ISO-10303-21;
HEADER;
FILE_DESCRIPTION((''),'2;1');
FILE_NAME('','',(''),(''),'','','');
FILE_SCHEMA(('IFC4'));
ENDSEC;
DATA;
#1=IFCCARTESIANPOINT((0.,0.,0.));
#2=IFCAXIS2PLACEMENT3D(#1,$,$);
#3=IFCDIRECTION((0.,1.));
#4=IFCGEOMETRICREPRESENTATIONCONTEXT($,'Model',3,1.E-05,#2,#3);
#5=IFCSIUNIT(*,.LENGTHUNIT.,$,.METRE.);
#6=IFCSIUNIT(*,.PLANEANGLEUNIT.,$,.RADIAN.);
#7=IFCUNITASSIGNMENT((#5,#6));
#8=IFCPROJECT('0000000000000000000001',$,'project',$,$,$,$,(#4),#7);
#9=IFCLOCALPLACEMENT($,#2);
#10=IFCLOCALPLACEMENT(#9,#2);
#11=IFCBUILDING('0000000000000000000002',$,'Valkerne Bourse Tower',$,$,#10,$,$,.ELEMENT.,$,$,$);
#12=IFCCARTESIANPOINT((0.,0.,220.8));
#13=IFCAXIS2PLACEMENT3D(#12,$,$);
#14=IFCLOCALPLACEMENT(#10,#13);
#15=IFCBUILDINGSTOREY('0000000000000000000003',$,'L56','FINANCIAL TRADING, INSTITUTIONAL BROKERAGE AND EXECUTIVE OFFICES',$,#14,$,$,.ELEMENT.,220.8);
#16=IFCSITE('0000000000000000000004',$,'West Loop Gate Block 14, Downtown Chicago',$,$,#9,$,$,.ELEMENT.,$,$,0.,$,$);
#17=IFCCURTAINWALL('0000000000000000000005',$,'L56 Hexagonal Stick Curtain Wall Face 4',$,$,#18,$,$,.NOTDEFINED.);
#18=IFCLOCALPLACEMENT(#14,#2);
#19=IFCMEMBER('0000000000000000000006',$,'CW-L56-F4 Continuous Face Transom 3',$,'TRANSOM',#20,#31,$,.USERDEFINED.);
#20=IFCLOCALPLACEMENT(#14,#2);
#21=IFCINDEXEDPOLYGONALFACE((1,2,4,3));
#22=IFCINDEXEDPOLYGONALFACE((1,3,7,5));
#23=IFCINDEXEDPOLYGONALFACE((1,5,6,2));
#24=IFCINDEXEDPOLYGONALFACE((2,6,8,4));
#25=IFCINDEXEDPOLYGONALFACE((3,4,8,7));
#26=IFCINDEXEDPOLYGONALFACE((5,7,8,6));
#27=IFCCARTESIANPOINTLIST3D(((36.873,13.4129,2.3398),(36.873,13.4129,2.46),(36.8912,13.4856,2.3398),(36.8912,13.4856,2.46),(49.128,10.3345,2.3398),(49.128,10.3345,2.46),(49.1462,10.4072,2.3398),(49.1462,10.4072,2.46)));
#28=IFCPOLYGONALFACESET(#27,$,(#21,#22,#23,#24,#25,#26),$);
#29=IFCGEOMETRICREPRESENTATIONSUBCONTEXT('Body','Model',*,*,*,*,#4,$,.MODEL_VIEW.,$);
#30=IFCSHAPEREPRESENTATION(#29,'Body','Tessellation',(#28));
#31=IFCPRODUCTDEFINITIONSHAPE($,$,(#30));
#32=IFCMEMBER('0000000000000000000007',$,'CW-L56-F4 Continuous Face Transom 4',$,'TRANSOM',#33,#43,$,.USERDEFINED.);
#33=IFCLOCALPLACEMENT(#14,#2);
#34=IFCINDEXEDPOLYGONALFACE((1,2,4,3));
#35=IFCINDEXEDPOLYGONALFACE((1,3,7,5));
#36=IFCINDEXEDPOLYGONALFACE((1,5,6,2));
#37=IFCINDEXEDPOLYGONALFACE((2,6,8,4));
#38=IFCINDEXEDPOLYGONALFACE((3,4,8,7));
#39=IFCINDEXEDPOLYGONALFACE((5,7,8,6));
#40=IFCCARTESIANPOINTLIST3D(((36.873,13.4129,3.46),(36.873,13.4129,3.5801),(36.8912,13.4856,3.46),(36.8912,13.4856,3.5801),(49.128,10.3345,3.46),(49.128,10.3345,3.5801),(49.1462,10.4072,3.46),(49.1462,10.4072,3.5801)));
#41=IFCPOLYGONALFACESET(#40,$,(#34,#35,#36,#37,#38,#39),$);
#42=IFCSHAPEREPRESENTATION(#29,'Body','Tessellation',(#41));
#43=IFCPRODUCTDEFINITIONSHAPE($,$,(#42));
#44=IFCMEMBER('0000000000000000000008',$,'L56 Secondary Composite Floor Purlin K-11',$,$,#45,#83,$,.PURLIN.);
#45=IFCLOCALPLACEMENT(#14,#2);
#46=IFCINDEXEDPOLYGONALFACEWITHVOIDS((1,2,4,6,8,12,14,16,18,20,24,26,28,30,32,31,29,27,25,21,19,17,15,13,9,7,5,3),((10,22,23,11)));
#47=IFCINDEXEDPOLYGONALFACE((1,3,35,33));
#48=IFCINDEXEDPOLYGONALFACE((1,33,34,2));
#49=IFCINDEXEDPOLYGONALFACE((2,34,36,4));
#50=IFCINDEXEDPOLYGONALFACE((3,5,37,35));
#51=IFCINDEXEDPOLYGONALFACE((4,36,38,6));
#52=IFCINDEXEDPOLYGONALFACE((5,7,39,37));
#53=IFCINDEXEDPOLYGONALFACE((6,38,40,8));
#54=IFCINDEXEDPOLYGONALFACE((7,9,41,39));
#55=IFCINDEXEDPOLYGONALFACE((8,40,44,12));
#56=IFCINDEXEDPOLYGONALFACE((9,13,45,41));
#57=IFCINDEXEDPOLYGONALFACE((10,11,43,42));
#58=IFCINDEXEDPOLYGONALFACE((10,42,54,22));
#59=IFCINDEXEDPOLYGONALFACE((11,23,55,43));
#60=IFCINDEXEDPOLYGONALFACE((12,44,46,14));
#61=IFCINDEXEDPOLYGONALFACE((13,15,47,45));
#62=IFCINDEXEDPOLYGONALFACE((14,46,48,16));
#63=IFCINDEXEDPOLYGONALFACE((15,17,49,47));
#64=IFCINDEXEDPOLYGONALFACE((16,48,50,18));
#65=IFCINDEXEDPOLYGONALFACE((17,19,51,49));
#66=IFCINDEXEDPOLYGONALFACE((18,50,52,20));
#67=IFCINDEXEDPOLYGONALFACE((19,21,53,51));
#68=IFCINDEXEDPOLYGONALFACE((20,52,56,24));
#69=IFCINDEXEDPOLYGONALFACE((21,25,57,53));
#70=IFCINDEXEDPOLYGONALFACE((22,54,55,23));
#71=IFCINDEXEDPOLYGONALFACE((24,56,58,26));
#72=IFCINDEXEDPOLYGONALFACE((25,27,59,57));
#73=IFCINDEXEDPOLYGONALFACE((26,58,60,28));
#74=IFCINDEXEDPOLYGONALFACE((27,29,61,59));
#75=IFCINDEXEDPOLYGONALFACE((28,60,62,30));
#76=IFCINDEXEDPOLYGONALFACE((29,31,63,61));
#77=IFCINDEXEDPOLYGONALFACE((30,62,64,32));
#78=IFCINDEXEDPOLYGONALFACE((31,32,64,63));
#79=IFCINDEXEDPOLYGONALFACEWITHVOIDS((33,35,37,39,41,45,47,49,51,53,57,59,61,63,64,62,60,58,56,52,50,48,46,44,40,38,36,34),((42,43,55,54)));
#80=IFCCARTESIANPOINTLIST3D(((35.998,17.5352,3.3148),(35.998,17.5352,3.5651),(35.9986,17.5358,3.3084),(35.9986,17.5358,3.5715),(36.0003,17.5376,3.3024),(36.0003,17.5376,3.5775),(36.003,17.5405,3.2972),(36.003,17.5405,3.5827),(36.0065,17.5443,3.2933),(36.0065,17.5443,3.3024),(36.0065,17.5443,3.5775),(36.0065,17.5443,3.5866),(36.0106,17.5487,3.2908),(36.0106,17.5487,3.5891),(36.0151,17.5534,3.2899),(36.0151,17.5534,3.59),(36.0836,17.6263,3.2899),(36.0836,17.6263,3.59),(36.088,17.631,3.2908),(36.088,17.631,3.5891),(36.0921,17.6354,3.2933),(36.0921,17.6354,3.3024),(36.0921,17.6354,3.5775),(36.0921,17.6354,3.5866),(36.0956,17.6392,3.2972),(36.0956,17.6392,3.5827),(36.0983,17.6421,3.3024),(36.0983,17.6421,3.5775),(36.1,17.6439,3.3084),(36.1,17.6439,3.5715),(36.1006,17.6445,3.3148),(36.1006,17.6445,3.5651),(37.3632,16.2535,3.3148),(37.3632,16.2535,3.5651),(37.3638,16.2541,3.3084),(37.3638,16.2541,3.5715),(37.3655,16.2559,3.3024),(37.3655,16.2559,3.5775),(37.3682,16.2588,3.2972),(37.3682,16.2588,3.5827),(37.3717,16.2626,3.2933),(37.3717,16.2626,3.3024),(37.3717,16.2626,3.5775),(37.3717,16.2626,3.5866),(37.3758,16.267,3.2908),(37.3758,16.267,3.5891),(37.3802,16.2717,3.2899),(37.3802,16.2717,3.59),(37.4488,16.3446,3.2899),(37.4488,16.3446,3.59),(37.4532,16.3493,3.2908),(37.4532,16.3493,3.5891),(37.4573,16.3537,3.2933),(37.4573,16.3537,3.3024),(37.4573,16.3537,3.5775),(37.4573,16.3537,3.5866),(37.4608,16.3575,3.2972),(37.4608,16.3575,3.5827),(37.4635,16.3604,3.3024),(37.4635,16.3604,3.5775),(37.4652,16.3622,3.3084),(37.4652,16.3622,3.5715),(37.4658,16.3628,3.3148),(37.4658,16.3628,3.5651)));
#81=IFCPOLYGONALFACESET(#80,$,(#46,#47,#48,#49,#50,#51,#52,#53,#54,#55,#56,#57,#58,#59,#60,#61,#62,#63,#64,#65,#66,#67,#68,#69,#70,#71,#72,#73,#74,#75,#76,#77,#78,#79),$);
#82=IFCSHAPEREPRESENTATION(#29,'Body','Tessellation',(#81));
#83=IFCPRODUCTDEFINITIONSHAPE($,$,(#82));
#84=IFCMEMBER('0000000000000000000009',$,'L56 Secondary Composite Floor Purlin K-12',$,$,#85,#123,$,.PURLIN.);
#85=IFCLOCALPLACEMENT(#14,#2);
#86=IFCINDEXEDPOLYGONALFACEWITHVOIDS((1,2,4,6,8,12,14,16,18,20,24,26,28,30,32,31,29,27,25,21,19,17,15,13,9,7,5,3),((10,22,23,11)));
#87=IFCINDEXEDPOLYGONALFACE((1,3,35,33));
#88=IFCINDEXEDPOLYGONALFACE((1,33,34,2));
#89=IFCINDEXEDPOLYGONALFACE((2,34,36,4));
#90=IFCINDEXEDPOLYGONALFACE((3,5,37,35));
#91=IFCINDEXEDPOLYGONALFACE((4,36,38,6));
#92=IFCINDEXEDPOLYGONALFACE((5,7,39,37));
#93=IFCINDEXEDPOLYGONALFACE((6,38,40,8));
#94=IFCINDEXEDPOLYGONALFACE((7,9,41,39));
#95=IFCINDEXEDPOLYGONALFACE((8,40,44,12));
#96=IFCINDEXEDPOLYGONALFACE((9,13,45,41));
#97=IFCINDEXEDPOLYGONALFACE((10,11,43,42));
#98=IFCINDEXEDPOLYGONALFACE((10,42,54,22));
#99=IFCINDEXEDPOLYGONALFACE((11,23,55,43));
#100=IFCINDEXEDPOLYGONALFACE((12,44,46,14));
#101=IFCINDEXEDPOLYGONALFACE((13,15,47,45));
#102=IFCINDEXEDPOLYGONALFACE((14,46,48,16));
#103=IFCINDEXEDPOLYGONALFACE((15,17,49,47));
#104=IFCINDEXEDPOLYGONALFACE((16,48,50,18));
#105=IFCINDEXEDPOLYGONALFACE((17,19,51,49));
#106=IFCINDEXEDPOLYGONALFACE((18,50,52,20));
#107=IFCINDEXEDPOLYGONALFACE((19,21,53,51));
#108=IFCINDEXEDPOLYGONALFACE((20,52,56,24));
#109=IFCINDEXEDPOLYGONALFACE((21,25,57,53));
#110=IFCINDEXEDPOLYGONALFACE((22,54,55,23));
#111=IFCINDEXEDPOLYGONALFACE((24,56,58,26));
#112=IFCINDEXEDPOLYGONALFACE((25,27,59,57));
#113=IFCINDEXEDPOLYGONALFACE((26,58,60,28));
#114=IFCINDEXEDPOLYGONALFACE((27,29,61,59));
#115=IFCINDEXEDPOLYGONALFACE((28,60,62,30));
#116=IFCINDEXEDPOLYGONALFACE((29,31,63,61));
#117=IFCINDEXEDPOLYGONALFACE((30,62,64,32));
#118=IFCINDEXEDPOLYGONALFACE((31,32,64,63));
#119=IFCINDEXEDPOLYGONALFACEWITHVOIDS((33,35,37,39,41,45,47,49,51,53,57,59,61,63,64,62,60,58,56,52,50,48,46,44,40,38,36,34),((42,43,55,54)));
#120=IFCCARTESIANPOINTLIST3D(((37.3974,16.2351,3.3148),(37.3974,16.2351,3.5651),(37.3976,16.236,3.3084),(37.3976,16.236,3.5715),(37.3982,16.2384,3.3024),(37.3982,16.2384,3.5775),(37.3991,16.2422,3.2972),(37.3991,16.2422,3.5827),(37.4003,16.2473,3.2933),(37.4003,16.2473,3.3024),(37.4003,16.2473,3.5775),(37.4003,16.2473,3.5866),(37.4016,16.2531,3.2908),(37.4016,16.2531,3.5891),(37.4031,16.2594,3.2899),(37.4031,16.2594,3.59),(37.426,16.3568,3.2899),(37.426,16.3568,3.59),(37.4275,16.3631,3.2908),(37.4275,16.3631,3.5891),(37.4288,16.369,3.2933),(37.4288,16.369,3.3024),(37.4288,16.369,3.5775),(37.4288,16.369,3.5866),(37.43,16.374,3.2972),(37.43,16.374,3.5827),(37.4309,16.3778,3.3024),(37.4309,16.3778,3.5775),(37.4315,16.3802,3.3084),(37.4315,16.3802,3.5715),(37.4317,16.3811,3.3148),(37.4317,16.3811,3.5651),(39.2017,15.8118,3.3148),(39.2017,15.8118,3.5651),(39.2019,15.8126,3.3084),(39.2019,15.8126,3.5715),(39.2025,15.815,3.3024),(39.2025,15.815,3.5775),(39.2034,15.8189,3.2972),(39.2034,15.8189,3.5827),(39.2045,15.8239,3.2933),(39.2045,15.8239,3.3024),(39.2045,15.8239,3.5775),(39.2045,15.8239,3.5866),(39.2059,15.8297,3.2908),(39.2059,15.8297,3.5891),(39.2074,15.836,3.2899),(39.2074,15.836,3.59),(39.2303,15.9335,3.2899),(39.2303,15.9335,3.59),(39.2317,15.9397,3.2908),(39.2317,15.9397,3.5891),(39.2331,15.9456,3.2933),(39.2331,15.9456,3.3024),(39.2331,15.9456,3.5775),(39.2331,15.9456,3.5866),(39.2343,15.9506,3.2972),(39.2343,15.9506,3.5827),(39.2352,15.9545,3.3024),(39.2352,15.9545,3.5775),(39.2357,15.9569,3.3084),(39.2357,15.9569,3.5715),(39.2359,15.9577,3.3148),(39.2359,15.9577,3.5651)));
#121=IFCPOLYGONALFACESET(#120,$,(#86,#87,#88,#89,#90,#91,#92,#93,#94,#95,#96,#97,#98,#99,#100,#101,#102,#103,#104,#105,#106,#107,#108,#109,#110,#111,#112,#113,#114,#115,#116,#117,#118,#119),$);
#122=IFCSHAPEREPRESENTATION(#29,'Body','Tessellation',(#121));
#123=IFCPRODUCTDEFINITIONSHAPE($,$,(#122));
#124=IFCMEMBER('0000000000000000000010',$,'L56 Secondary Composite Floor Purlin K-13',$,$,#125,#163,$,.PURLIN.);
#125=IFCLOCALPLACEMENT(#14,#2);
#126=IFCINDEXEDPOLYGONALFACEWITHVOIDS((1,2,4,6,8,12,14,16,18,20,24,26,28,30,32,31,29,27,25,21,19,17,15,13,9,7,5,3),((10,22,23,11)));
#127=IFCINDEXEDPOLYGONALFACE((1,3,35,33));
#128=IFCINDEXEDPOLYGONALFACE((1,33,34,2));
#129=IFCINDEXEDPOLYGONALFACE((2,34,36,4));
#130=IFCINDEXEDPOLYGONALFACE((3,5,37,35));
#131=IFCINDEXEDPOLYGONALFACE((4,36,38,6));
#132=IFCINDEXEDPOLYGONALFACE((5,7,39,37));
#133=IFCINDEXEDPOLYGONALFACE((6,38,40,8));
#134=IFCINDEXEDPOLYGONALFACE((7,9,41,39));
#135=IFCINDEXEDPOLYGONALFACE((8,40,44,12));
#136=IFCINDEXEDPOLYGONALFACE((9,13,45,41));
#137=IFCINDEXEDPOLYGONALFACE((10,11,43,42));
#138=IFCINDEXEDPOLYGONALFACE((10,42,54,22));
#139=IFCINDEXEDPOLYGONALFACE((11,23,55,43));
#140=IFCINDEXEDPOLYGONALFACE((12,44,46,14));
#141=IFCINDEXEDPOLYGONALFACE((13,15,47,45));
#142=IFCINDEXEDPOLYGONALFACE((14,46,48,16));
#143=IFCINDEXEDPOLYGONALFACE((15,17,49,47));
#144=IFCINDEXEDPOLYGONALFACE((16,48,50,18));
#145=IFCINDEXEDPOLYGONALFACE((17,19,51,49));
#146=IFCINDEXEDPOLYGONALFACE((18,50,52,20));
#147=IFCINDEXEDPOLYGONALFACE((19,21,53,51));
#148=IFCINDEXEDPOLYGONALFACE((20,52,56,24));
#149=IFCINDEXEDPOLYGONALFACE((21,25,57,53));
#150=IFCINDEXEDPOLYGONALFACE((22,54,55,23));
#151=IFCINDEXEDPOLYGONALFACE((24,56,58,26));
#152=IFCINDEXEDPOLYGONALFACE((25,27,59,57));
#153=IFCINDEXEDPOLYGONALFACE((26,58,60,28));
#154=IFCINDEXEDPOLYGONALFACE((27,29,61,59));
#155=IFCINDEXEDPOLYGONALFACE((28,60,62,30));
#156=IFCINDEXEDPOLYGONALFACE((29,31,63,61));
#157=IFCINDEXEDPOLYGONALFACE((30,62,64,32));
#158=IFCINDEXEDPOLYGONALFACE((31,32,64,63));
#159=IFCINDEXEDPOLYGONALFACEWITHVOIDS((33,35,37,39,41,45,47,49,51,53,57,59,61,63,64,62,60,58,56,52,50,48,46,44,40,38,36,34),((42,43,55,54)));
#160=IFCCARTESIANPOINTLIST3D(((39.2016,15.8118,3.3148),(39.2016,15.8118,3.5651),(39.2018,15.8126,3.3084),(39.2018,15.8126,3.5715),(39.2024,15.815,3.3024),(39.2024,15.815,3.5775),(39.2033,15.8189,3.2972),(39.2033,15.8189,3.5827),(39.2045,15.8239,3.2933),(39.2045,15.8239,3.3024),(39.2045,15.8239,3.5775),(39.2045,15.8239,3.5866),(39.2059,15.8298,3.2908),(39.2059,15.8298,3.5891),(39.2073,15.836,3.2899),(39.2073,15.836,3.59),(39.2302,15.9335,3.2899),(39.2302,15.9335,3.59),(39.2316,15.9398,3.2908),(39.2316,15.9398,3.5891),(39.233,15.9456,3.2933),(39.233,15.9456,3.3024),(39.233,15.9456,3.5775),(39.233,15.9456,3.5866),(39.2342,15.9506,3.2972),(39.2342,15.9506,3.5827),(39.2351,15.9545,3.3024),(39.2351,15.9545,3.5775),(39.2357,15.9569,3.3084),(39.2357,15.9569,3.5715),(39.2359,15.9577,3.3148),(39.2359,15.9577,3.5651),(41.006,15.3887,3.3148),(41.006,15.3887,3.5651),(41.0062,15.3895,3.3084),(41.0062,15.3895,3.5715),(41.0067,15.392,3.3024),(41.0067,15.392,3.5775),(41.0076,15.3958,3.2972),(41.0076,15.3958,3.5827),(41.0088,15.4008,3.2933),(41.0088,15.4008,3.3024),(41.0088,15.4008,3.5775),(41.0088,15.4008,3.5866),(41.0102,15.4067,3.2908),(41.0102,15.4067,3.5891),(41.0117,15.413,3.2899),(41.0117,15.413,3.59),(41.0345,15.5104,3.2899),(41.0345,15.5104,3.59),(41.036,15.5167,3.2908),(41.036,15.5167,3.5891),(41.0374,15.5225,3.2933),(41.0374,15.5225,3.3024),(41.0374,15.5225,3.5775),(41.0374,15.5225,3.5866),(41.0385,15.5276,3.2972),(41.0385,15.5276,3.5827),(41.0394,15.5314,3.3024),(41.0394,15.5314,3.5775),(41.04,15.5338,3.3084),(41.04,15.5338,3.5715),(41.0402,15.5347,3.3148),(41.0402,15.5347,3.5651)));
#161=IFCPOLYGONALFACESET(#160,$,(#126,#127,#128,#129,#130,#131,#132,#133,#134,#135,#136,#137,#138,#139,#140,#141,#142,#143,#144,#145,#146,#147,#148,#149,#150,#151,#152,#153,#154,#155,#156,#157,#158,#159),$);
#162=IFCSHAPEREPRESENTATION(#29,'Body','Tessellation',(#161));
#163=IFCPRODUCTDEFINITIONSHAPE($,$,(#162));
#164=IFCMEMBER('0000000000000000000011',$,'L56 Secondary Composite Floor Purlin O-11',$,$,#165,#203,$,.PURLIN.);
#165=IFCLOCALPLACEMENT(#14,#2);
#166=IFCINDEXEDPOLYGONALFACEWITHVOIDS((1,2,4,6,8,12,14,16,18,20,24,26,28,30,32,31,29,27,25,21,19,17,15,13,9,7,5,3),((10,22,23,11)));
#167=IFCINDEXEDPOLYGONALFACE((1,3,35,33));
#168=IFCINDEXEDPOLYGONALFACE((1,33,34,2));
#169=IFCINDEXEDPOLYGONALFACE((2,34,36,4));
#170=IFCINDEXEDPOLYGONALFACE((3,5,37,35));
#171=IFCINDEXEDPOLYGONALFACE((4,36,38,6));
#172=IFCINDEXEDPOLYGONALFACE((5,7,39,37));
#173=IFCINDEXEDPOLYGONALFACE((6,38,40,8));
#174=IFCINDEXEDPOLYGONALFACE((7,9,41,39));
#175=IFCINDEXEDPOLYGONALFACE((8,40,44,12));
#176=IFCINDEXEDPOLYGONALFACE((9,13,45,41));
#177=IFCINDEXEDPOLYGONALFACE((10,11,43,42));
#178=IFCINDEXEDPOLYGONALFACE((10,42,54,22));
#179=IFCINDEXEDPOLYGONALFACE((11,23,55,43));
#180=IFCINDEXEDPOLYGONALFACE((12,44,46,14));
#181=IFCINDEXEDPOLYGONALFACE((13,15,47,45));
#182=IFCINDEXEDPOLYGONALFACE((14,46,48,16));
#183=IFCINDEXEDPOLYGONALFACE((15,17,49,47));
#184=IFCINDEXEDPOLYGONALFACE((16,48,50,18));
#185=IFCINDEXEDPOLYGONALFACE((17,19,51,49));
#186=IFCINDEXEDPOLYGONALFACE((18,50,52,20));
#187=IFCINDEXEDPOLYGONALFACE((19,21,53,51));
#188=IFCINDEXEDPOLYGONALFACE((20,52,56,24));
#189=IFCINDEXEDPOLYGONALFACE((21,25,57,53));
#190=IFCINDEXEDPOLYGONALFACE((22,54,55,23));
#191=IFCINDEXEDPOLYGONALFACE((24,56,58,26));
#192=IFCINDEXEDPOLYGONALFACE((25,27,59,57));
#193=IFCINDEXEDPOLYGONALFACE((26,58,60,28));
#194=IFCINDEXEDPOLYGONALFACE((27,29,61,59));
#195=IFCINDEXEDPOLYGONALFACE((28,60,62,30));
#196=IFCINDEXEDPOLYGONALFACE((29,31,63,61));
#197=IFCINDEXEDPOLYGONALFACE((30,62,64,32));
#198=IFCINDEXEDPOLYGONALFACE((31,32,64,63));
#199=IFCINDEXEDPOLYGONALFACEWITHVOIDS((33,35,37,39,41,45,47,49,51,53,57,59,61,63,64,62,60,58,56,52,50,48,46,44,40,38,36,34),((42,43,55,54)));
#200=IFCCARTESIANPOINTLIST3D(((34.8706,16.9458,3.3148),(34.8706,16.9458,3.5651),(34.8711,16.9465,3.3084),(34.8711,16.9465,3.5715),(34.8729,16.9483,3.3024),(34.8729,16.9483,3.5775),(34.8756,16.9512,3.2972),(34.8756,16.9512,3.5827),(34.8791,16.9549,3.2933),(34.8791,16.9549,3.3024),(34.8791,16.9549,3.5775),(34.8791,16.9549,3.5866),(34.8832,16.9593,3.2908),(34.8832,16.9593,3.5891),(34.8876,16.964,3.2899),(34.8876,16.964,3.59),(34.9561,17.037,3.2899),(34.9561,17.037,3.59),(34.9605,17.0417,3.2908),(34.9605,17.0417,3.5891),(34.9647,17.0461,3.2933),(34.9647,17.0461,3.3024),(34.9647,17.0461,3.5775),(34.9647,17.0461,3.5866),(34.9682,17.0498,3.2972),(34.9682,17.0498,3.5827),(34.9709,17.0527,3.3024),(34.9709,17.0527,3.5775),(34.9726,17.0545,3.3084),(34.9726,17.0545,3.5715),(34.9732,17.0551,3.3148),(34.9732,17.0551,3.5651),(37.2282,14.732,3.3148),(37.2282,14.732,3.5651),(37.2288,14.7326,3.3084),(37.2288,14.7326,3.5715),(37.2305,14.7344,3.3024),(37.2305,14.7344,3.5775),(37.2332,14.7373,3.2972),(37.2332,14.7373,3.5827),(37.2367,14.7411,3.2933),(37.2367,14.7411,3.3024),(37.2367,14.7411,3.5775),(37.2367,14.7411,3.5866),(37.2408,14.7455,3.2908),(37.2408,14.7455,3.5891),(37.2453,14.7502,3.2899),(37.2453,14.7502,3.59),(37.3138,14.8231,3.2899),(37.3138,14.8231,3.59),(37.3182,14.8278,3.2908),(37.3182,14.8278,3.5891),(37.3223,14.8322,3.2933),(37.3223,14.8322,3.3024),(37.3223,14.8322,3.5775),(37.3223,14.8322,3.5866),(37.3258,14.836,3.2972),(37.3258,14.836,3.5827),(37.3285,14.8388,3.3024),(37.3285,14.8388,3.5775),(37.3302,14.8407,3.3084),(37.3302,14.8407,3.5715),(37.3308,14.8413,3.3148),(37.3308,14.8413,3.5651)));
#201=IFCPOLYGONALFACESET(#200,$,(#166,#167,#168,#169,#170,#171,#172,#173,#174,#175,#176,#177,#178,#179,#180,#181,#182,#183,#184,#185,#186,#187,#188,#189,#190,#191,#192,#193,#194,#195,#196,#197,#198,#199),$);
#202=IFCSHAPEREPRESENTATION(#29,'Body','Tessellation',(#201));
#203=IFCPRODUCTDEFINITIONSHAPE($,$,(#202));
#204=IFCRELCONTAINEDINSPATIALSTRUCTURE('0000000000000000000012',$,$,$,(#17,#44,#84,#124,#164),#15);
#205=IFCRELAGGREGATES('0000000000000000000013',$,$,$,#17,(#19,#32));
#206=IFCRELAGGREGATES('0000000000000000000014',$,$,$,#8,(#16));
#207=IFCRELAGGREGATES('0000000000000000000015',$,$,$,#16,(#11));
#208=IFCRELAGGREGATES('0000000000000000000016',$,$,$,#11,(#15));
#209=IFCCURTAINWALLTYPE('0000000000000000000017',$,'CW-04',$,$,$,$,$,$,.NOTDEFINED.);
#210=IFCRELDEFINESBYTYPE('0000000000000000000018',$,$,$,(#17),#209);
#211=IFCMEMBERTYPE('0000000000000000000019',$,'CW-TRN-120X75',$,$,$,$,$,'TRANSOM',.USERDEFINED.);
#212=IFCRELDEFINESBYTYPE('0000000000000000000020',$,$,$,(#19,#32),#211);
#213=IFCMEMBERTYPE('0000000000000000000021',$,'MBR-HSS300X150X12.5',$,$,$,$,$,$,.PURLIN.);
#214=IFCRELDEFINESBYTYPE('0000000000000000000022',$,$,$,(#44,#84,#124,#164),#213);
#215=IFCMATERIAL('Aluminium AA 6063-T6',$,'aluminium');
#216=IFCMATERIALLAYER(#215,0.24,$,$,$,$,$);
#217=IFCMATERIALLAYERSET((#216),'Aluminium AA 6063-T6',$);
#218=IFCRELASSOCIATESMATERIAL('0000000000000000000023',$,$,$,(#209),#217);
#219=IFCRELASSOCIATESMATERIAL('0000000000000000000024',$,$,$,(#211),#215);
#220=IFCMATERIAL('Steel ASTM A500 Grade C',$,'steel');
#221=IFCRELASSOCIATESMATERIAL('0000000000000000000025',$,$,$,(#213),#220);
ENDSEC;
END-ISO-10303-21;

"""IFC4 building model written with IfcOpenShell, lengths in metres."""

from ifc_helpers import new_model, si_unit, direction, frame, origin, origin_2d, place, context, subcontext, project, spatial, rectangle, hollow_rectangle, extrude, material, layer, layer_set, material_profile, profile_set, type_object, element, aggregate, save


model = new_model("IFC4")

# Units and contexts
model_context = context("Model", 3, precision=1e-05, world=origin(), true_north=direction((0.0, 1.0)))
body_context = subcontext(model_context, "Body", "Model", "MODEL_VIEW")
ifc_project = project(units=[si_unit("LENGTHUNIT", "METRE"), si_unit("PLANEANGLEUNIT", "RADIAN")], contexts=[model_context])

# Site, building, storey
site_placement = place(None, origin())
site = spatial("IfcSite", under=ifc_project, at=site_placement, Name="West Loop Gate Block 14, Downtown Chicago", CompositionType="ELEMENT", RefElevation=0.0)
building_placement = place(site_placement, origin())
building = spatial("IfcBuilding", under=site, at=building_placement, Name="Valkerne Bourse Tower", CompositionType="ELEMENT")
storey_placement = place(building_placement, frame((0.0, 0.0, 220.8)))
storey = spatial("IfcBuildingStorey", under=building, at=storey_placement, Name="L56", Description="FINANCIAL TRADING, INSTITUTIONAL BROKERAGE AND EXECUTIVE OFFICES", CompositionType="ELEMENT", Elevation=220.8)

# Curtain wall, members
ifc_material_1 = material(Name="Aluminium AA 6063-T6", Category="aluminium")
ifc_layer_1 = layer(ifc_material_1, 0.24)
ifc_layer_set_1 = layer_set([ifc_layer_1], Name="Aluminium AA 6063-T6")
curtain_wall_type = type_object("IfcCurtainWallType", Name="CW-04", PredefinedType="NOTDEFINED", material=ifc_layer_set_1)
curtain_wall_placement = place(storey_placement, origin())
curtain_wall = element("IfcCurtainWall", 1, at=curtain_wall_placement, inside=storey, type_object=curtain_wall_type, Name="L56 Hexagonal Stick Curtain Wall Face 4", PredefinedType="NOTDEFINED")
ifc_material_profile_1 = material_profile(ifc_material_1, rectangle(XDim=0.075, YDim=0.1201, at=origin_2d()), Name="CWT-75X120")
ifc_profile_set_1 = profile_set([ifc_material_profile_1], Name="Aluminium AA 6063-T6")
member_type_1 = type_object("IfcMemberType", Name="CW-TRN-120X75", ElementType="TRANSOM", PredefinedType="USERDEFINED", material=ifc_profile_set_1)
member_1_placement = place(storey_placement, frame((36.8821, 13.4492, 2.3999), z_axis=(0.96987, -0.243622, 0.0), x_axis=(0.243622, 0.96987, 0.0)))
member_1 = element("IfcMember", 2, at=member_1_placement, type_object=member_type_1, Name="CW-L56-F4 Continuous Face Transom 3", ObjectType="TRANSOM", PredefinedType="USERDEFINED", context=body_context, shape_type="SweptSolid", body=[
    extrude(rectangle(XDim=0.075, YDim=0.1201, at=origin_2d()), origin(), (0.0, 0.0, 1.0), 12.6357),
])
member_2_placement = place(storey_placement, frame((36.8821, 13.4492, 3.52), z_axis=(0.96987, -0.243622, 0.0), x_axis=(0.243622, 0.96987, 0.0)))
member_2 = element("IfcMember", 3, at=member_2_placement, type_object=member_type_1, Name="CW-L56-F4 Continuous Face Transom 4", ObjectType="TRANSOM", PredefinedType="USERDEFINED", context=body_context, shape_type="SweptSolid", body=[
    extrude(rectangle(XDim=0.075, YDim=0.1201, at=origin_2d()), origin(), (0.0, 0.0, 1.0), 12.6357),
])

# Members
ifc_material_2 = material(Name="Steel ASTM A500 Grade C", Category="steel")
ifc_material_profile_2 = material_profile(ifc_material_2, hollow_rectangle(XDim=0.1499, YDim=0.3, WallThickness=0.0125, OuterFilletRadius=0.0249, at=origin_2d()), Name="HSS300X150X12.5")
ifc_profile_set_2 = profile_set([ifc_material_profile_2], Name="Steel ASTM A500 Grade C")
member_type_2 = type_object("IfcMemberType", Name="MBR-HSS300X150X12.5", PredefinedType="PURLIN", material=ifc_profile_set_2)
member_3_placement = place(storey_placement, frame((36.0493, 17.5898, 3.4399), z_axis=(0.729049, -0.684461, 0.0), x_axis=(0.684461, 0.729049, 0.0)))
element("IfcMember", 4, at=member_3_placement, inside=storey, type_object=member_type_2, Name="L56 Secondary Composite Floor Purlin K-11", PredefinedType="PURLIN", context=body_context, shape_type="SweptSolid", body=[
    extrude(hollow_rectangle(XDim=0.1499, YDim=0.3, WallThickness=0.0125, OuterFilletRadius=0.0249, at=origin_2d()), origin(), (0.0, 0.0, 1.0), 1.8726),
])
for number, where, z_axis, x_axis, name in (
    (5, (37.4146, 16.3081, 3.4399), (0.973559, -0.228437, 0.0), (0.228437, 0.973559, 0.0), "L56 Secondary Composite Floor Purlin K-12"),
    (6, (39.2188, 15.8848, 3.4399), (0.973595, -0.228283, 0.0), (0.228283, 0.973595, 0.0), "L56 Secondary Composite Floor Purlin K-13"),
):
    element("IfcMember", number, at=place(storey_placement, frame(where, z_axis=z_axis, x_axis=x_axis)), inside=storey, type_object=member_type_2, Name=name, PredefinedType="PURLIN", context=body_context, shape_type="SweptSolid", body=[
        extrude(hollow_rectangle(XDim=0.1499, YDim=0.3, WallThickness=0.0125, OuterFilletRadius=0.0249, at=origin_2d()), origin(), (0.0, 0.0, 1.0), 1.8533),
    ])
member_4_placement = place(storey_placement, frame((34.9219, 17.0005, 3.4399), z_axis=(0.728988, -0.684526, 0.0), x_axis=(0.684526, 0.728988, 0.0)))
element("IfcMember", 7, at=member_4_placement, inside=storey, type_object=member_type_2, Name="L56 Secondary Composite Floor Purlin O-11", PredefinedType="PURLIN", context=body_context, shape_type="SweptSolid", body=[
    extrude(hollow_rectangle(XDim=0.1499, YDim=0.3, WallThickness=0.0125, OuterFilletRadius=0.0249, at=origin_2d()), origin(), (0.0, 0.0, 1.0), 3.2341),
])

aggregate(curtain_wall, [member_1, member_2])

save(model, "model.ifc")
